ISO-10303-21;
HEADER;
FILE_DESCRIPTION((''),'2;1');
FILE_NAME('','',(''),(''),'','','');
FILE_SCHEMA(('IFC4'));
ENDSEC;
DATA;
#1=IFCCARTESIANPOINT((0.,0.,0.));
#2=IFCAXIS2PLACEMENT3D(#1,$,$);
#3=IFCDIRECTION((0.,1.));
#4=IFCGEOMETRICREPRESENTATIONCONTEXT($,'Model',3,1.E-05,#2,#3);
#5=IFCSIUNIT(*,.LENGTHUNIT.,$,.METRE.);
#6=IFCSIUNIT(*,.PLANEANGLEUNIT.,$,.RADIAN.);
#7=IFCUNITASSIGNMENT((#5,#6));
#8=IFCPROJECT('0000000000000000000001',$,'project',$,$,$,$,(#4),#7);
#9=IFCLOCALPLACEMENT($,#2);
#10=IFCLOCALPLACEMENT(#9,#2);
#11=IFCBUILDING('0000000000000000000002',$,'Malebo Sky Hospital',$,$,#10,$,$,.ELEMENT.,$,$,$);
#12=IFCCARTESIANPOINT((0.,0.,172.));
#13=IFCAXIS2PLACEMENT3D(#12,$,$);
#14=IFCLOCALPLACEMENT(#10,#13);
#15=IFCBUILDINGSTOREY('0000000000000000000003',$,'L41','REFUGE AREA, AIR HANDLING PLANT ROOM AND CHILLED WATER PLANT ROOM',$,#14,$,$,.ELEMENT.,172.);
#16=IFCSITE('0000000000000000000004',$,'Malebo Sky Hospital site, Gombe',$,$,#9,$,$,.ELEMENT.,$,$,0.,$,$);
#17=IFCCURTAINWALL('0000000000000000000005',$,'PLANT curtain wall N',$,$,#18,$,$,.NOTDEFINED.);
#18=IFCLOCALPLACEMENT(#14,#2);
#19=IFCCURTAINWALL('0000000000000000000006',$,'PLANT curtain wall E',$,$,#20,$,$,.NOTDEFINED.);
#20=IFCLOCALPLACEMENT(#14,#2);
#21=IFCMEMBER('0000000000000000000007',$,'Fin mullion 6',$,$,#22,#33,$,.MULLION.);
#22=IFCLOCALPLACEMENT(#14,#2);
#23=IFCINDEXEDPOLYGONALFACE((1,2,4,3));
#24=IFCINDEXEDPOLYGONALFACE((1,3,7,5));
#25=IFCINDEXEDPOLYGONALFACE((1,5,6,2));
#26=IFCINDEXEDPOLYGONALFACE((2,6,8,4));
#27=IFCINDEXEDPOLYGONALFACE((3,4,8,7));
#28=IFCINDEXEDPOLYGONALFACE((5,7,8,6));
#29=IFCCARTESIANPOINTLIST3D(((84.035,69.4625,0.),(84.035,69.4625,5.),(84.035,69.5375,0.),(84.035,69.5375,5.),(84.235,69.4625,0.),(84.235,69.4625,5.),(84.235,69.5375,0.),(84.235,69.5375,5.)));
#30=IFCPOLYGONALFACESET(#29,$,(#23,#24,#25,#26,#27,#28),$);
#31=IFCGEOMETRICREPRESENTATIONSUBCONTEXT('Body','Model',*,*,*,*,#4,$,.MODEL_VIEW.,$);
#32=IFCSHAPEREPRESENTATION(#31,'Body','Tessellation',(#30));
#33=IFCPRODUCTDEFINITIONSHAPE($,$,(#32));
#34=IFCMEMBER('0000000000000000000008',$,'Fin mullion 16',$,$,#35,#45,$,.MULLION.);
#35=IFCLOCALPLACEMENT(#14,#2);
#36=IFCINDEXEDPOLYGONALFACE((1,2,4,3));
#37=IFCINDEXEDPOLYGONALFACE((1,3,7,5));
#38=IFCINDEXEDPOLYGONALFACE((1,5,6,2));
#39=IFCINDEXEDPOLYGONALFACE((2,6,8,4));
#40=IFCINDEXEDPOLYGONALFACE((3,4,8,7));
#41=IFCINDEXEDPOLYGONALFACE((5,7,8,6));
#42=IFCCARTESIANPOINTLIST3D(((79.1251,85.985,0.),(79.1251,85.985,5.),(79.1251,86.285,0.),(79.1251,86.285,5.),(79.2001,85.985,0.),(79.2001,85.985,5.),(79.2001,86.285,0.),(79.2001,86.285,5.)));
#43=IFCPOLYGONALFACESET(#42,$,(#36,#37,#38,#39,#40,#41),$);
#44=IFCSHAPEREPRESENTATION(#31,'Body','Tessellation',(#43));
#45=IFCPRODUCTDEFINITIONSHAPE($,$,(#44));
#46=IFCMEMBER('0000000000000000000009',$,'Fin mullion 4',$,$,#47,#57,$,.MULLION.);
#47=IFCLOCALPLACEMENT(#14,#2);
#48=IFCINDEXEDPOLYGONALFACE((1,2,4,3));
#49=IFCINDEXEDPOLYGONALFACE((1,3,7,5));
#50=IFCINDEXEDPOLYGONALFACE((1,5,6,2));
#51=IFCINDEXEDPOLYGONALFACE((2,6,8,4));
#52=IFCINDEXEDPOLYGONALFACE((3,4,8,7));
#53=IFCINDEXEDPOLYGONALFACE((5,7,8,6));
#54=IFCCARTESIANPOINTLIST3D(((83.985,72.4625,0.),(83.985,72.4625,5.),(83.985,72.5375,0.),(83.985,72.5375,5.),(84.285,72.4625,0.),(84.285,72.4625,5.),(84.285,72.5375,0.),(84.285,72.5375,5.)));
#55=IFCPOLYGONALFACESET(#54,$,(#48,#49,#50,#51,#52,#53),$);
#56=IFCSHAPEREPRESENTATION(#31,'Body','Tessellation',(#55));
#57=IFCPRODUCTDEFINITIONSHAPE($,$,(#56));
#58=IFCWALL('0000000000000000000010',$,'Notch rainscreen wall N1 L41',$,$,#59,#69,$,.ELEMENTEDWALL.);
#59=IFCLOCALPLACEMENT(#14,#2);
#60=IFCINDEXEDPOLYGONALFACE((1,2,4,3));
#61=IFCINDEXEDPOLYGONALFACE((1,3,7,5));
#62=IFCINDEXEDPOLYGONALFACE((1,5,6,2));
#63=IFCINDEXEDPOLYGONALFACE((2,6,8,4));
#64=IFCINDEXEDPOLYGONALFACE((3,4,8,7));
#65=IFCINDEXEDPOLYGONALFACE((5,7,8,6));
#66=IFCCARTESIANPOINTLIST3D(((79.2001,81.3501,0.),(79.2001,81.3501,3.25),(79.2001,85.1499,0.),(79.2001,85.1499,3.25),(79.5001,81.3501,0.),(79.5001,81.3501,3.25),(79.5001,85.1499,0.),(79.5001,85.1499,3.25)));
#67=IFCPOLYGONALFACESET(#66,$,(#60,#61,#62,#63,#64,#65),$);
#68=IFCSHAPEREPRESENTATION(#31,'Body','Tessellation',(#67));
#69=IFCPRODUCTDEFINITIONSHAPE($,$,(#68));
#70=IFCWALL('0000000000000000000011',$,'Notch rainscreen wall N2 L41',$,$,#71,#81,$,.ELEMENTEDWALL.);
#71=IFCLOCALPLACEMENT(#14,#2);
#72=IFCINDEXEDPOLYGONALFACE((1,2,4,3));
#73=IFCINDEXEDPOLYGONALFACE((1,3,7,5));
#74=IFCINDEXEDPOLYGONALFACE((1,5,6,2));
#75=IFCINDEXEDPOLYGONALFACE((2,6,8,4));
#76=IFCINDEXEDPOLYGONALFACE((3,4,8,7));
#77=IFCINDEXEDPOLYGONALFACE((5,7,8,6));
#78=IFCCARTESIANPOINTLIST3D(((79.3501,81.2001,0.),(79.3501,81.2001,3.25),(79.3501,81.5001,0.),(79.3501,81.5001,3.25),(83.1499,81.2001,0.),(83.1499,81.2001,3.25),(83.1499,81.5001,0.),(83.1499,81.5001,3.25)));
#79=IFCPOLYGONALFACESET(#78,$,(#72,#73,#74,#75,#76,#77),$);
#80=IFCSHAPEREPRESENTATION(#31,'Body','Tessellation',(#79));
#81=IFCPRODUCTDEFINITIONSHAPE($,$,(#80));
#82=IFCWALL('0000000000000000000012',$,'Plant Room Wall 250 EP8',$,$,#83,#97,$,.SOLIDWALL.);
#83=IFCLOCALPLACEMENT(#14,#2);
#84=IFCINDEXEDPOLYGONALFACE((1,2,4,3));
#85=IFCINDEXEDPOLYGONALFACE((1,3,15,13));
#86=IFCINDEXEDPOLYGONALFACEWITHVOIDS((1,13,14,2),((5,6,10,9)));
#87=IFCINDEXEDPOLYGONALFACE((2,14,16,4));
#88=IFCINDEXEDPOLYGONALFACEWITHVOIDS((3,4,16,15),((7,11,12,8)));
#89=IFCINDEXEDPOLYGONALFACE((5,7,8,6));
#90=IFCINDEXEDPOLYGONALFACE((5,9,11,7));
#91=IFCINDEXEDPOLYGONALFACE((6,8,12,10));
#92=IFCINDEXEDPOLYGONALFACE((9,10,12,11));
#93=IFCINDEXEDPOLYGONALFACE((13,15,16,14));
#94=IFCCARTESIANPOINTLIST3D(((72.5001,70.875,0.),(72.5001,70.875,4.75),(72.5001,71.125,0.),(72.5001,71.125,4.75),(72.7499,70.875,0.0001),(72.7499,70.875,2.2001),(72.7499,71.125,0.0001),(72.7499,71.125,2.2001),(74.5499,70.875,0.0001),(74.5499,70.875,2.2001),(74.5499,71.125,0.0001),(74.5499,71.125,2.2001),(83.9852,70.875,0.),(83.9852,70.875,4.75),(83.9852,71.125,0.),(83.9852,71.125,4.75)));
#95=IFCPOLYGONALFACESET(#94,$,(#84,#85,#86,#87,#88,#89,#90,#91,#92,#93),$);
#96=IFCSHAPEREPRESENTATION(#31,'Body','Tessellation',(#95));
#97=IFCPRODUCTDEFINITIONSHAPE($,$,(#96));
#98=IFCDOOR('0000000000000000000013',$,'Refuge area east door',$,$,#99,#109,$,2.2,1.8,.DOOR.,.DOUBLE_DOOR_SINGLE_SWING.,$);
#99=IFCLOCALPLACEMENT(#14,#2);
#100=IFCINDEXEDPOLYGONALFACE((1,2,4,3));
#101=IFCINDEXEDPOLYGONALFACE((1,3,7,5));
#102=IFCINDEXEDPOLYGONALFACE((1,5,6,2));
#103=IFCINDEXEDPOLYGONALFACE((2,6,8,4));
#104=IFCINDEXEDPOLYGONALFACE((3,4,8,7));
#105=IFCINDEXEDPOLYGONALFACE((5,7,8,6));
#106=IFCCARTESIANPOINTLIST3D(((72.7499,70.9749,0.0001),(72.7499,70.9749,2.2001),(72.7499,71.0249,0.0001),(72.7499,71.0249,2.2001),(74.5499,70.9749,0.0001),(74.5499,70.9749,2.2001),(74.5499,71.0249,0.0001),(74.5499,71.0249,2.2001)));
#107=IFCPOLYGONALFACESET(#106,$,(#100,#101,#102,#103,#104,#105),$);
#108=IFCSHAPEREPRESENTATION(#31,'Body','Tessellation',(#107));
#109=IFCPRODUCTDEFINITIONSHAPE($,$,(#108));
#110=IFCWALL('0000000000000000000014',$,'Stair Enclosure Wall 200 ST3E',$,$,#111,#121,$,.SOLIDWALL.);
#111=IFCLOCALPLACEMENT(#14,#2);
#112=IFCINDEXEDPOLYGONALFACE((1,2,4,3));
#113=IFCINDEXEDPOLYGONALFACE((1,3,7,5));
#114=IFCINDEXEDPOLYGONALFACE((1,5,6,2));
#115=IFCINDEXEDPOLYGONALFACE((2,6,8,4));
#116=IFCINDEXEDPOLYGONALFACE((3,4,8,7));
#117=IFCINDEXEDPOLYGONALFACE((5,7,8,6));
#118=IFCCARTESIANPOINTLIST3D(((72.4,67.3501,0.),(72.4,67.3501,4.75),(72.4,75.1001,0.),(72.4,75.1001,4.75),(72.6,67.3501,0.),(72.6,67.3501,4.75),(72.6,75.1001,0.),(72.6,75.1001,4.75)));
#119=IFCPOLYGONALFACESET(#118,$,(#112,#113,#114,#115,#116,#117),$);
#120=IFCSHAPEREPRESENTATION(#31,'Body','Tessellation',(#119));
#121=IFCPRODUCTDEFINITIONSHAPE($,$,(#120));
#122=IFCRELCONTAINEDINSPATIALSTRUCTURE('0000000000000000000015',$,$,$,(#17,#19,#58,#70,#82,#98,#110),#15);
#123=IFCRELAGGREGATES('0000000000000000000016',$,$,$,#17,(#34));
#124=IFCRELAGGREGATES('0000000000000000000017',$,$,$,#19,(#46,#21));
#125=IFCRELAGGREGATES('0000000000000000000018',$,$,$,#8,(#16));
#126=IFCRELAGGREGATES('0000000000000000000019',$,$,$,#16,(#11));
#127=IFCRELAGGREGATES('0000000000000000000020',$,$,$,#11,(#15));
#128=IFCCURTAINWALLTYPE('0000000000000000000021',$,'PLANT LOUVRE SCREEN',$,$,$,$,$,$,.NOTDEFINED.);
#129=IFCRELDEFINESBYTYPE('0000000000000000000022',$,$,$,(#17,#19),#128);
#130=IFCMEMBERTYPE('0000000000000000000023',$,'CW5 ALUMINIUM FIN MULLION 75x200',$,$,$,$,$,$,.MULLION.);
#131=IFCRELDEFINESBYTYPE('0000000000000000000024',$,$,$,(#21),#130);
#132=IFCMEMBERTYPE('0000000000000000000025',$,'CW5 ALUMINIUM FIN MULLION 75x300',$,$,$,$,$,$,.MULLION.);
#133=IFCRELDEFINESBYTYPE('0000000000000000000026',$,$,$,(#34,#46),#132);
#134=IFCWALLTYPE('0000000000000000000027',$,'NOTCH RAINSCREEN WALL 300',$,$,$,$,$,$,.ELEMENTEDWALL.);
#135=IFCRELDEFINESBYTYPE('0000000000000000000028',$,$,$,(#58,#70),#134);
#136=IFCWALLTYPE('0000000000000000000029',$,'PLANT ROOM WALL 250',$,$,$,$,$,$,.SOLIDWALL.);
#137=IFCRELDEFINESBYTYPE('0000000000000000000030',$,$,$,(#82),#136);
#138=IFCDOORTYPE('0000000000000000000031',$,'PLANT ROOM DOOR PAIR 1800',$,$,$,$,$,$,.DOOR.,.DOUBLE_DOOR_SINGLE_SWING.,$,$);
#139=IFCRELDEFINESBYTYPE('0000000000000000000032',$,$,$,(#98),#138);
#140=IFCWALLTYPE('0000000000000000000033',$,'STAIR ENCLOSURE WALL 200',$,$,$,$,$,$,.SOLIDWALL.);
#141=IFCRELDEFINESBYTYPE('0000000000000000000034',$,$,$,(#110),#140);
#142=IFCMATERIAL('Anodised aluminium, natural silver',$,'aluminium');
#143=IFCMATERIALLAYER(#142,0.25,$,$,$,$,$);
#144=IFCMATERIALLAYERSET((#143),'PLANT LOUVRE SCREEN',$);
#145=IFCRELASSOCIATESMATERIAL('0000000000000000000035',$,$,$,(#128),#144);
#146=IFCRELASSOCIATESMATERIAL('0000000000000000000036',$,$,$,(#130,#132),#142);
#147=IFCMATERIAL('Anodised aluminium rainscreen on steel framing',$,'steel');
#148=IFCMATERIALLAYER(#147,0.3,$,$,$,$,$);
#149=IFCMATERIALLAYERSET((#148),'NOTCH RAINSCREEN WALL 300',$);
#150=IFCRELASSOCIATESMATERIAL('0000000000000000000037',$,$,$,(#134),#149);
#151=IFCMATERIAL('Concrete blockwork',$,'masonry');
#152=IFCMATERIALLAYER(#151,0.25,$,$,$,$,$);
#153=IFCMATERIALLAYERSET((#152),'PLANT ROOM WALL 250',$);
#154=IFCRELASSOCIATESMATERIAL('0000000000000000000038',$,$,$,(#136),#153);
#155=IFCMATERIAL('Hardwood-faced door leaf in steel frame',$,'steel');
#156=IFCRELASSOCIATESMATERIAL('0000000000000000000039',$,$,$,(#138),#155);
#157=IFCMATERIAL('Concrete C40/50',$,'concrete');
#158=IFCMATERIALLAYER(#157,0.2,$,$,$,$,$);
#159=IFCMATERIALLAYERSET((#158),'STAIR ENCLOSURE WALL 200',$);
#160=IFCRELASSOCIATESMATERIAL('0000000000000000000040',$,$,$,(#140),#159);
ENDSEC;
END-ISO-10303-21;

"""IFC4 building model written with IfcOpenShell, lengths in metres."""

from ifc_helpers import new_model, si_unit, direction, frame, frame_2d, origin, origin_2d, place, context, subcontext, project, spatial, rectangle, extrude, material, layer, layer_set, material_profile, profile_set, type_object, element, fill, aggregate, save


model = new_model("IFC4")

# Units and contexts
model_context = context("Model", 3, precision=1e-05, world=origin(), true_north=direction((0.0, 1.0)))
body_context = subcontext(model_context, "Body", "Model", "MODEL_VIEW")
ifc_project = project(units=[si_unit("LENGTHUNIT", "METRE"), si_unit("PLANEANGLEUNIT", "RADIAN")], contexts=[model_context])

# Site, building, storey
site_placement = place(None, origin())
site = spatial("IfcSite", under=ifc_project, at=site_placement, Name="Malebo Sky Hospital site, Gombe", CompositionType="ELEMENT", RefElevation=0.0)
building_placement = place(site_placement, origin())
building = spatial("IfcBuilding", under=site, at=building_placement, Name="Malebo Sky Hospital", CompositionType="ELEMENT")
storey_placement = place(building_placement, frame((0.0, 0.0, 172.0)))
storey = spatial("IfcBuildingStorey", under=building, at=storey_placement, Name="L41", Description="REFUGE AREA, AIR HANDLING PLANT ROOM AND CHILLED WATER PLANT ROOM", CompositionType="ELEMENT", Elevation=172.0)

# Curtain walls, member
ifc_material_1 = material(Name="Anodised aluminium, natural silver", Category="aluminium")
ifc_layer_1 = layer(ifc_material_1, 0.25)
ifc_layer_set_1 = layer_set([ifc_layer_1], Name="PLANT LOUVRE SCREEN")
curtain_wall_type = type_object("IfcCurtainWallType", Name="PLANT LOUVRE SCREEN", PredefinedType="NOTDEFINED", material=ifc_layer_set_1)
curtain_wall_1_placement = place(storey_placement, origin())
curtain_wall_1 = element("IfcCurtainWall", 1, at=curtain_wall_1_placement, inside=storey, type_object=curtain_wall_type, Name="PLANT curtain wall N", PredefinedType="NOTDEFINED")
ifc_material_profile_1 = material_profile(ifc_material_1, rectangle(XDim=0.075, YDim=0.2, at=origin_2d()), Name="CW5 ALUMINIUM FIN MULLION 75x200")
ifc_profile_set_1 = profile_set([ifc_material_profile_1], Name="Anodised aluminium, natural silver")
member_type_1 = type_object("IfcMemberType", Name="CW5 ALUMINIUM FIN MULLION 75x200", PredefinedType="MULLION", material=ifc_profile_set_1)
curtain_wall_2_placement = place(storey_placement, origin())
curtain_wall_2 = element("IfcCurtainWall", 2, at=curtain_wall_2_placement, inside=storey, type_object=curtain_wall_type, Name="PLANT curtain wall E", PredefinedType="NOTDEFINED")
member_1_placement = place(storey_placement, frame((84.135, 69.5, 0.0), z_axis=(0.0, 0.0, 1.0), x_axis=(0.0, -1.0, 0.0)))
member_1 = element("IfcMember", 3, at=member_1_placement, type_object=member_type_1, Name="Fin mullion 6", PredefinedType="MULLION", context=body_context, shape_type="SweptSolid", body=[
    extrude(rectangle(XDim=0.075, YDim=0.2, at=origin_2d()), origin(), (0.0, 0.0, 1.0), 5.0),
])

# Members
ifc_material_profile_2 = material_profile(ifc_material_1, rectangle(XDim=0.075, YDim=0.3, at=origin_2d()), Name="CW5 ALUMINIUM FIN MULLION 75x300")
ifc_profile_set_2 = profile_set([ifc_material_profile_2], Name="Anodised aluminium, natural silver")
member_type_2 = type_object("IfcMemberType", Name="CW5 ALUMINIUM FIN MULLION 75x300", PredefinedType="MULLION", material=ifc_profile_set_2)
member_2_placement = place(storey_placement, frame((79.1626, 86.135, 0.0), z_axis=(0.0, 0.0, 1.0), x_axis=(1.0, 0.0, 0.0)))
member_2 = element("IfcMember", 4, at=member_2_placement, type_object=member_type_2, Name="Fin mullion 16", PredefinedType="MULLION", context=body_context, shape_type="SweptSolid", body=[
    extrude(rectangle(XDim=0.075, YDim=0.3, at=origin_2d()), origin(), (0.0, 0.0, 1.0), 5.0),
])
aggregate(curtain_wall_1, [member_2])
member_3_placement = place(storey_placement, frame((84.135, 72.5, 0.0), z_axis=(0.0, 0.0, 1.0), x_axis=(0.0, -1.0, 0.0)))
member_3 = element("IfcMember", 5, at=member_3_placement, type_object=member_type_2, Name="Fin mullion 4", PredefinedType="MULLION", context=body_context, shape_type="SweptSolid", body=[
    extrude(rectangle(XDim=0.075, YDim=0.3, at=origin_2d()), origin(), (0.0, 0.0, 1.0), 5.0),
])
aggregate(curtain_wall_2, [member_3, member_1])

# Walls
ifc_material_2 = material(Name="Anodised aluminium rainscreen on steel framing", Category="steel")
ifc_layer_2 = layer(ifc_material_2, 0.3)
ifc_layer_set_2 = layer_set([ifc_layer_2], Name="NOTCH RAINSCREEN WALL 300")
wall_type_1 = type_object("IfcWallType", Name="NOTCH RAINSCREEN WALL 300", PredefinedType="ELEMENTEDWALL", material=ifc_layer_set_2)
for number, where, z_axis, x_axis, name in (
    (6, (79.3501, 85.1499, 0.0), (0.0, 0.0, 1.0), (0.0, -1.0, 0.0), "Notch rainscreen wall N1 L41"),
    (7, (79.3501, 81.3501, 0.0), (0.0, 0.0, 1.0), (1.0, 0.0, 0.0), "Notch rainscreen wall N2 L41"),
):
    element("IfcWall", number, at=place(storey_placement, frame(where, z_axis=z_axis, x_axis=x_axis)), inside=storey, type_object=wall_type_1, Name=name, PredefinedType="ELEMENTEDWALL", context=body_context, shape_type="SweptSolid", body=[
        extrude(rectangle(XDim=3.7998, YDim=0.3, at=frame_2d((1.8999, 0.0))), origin(), (0.0, 0.0, 1.0), 3.25),
    ])

# Wall, opening, door
ifc_material_3 = material(Name="Concrete blockwork", Category="masonry")
ifc_layer_3 = layer(ifc_material_3, 0.25)
ifc_layer_set_3 = layer_set([ifc_layer_3], Name="PLANT ROOM WALL 250")
wall_type_2 = type_object("IfcWallType", Name="PLANT ROOM WALL 250", PredefinedType="SOLIDWALL", material=ifc_layer_set_3)
wall_1_placement = place(storey_placement, frame((72.5, 71.0, 0.0), z_axis=(0.0, 0.0, 1.0), x_axis=(1.0, 0.0, 0.0)))
wall_1 = element("IfcWall", 8, at=wall_1_placement, inside=storey, type_object=wall_type_2, Name="Plant Room Wall 250 EP8", PredefinedType="SOLIDWALL", context=body_context, shape_type="SweptSolid", body=[
    extrude(rectangle(XDim=11.4851, YDim=0.25, at=frame_2d((5.7427, 0.0))), origin(), (0.0, 0.0, 1.0), 4.75),
])
opening_placement = place(wall_1_placement, frame((0.25, 0.0, 0.0)))
opening = element("IfcOpeningElement", 9, at=opening_placement, cuts=wall_1, PredefinedType="OPENING", context=body_context, shape_type="SweptSolid", body=[
    extrude(rectangle(XDim=1.8, YDim=2.2, at=frame_2d((0.8999, 1.1001))), frame((0.0, 0.135, 0.0), z_axis=(0.0, -1.0, 0.0), x_axis=(1.0, 0.0, 0.0)), (0.0, 0.0, 1.0), 0.27),
])
ifc_material_4 = material(Name="Hardwood-faced door leaf in steel frame", Category="steel")
door_type = type_object("IfcDoorType", Name="PLANT ROOM DOOR PAIR 1800", OperationType="DOUBLE_DOOR_SINGLE_SWING", PredefinedType="DOOR", material=ifc_material_4)
door_placement = place(opening_placement, origin())
door = element("IfcDoor", 10, at=door_placement, inside=storey, type_object=door_type, Name="Refuge area east door", OperationType="DOUBLE_DOOR_SINGLE_SWING", OverallHeight=2.2, OverallWidth=1.8, PredefinedType="DOOR", context=body_context, shape_type="SweptSolid", body=[
    extrude(rectangle(XDim=1.8, YDim=2.2, at=frame_2d((0.8999, 1.1001))), frame((0.0, 0.0249, 0.0), z_axis=(0.0, -1.0, 0.0), x_axis=(1.0, 0.0, 0.0)), (0.0, 0.0, 1.0), 0.05),
])
fill(opening, door)

# Wall
ifc_material_5 = material(Name="Concrete C40/50", Category="concrete")
ifc_layer_4 = layer(ifc_material_5, 0.2)
ifc_layer_set_4 = layer_set([ifc_layer_4], Name="STAIR ENCLOSURE WALL 200")
wall_type_3 = type_object("IfcWallType", Name="STAIR ENCLOSURE WALL 200", PredefinedType="SOLIDWALL", material=ifc_layer_set_4)
wall_2_placement = place(storey_placement, frame((72.5, 67.3501, 0.0), z_axis=(0.0, 0.0, 1.0), x_axis=(0.0, 1.0, 0.0)))
element("IfcWall", 11, at=wall_2_placement, inside=storey, type_object=wall_type_3, Name="Stair Enclosure Wall 200 ST3E", PredefinedType="SOLIDWALL", context=body_context, shape_type="SweptSolid", body=[
    extrude(rectangle(XDim=7.75, YDim=0.2, at=frame_2d((3.875, 0.0))), origin(), (0.0, 0.0, 1.0), 4.75),
])

save(model, "model.ifc")
